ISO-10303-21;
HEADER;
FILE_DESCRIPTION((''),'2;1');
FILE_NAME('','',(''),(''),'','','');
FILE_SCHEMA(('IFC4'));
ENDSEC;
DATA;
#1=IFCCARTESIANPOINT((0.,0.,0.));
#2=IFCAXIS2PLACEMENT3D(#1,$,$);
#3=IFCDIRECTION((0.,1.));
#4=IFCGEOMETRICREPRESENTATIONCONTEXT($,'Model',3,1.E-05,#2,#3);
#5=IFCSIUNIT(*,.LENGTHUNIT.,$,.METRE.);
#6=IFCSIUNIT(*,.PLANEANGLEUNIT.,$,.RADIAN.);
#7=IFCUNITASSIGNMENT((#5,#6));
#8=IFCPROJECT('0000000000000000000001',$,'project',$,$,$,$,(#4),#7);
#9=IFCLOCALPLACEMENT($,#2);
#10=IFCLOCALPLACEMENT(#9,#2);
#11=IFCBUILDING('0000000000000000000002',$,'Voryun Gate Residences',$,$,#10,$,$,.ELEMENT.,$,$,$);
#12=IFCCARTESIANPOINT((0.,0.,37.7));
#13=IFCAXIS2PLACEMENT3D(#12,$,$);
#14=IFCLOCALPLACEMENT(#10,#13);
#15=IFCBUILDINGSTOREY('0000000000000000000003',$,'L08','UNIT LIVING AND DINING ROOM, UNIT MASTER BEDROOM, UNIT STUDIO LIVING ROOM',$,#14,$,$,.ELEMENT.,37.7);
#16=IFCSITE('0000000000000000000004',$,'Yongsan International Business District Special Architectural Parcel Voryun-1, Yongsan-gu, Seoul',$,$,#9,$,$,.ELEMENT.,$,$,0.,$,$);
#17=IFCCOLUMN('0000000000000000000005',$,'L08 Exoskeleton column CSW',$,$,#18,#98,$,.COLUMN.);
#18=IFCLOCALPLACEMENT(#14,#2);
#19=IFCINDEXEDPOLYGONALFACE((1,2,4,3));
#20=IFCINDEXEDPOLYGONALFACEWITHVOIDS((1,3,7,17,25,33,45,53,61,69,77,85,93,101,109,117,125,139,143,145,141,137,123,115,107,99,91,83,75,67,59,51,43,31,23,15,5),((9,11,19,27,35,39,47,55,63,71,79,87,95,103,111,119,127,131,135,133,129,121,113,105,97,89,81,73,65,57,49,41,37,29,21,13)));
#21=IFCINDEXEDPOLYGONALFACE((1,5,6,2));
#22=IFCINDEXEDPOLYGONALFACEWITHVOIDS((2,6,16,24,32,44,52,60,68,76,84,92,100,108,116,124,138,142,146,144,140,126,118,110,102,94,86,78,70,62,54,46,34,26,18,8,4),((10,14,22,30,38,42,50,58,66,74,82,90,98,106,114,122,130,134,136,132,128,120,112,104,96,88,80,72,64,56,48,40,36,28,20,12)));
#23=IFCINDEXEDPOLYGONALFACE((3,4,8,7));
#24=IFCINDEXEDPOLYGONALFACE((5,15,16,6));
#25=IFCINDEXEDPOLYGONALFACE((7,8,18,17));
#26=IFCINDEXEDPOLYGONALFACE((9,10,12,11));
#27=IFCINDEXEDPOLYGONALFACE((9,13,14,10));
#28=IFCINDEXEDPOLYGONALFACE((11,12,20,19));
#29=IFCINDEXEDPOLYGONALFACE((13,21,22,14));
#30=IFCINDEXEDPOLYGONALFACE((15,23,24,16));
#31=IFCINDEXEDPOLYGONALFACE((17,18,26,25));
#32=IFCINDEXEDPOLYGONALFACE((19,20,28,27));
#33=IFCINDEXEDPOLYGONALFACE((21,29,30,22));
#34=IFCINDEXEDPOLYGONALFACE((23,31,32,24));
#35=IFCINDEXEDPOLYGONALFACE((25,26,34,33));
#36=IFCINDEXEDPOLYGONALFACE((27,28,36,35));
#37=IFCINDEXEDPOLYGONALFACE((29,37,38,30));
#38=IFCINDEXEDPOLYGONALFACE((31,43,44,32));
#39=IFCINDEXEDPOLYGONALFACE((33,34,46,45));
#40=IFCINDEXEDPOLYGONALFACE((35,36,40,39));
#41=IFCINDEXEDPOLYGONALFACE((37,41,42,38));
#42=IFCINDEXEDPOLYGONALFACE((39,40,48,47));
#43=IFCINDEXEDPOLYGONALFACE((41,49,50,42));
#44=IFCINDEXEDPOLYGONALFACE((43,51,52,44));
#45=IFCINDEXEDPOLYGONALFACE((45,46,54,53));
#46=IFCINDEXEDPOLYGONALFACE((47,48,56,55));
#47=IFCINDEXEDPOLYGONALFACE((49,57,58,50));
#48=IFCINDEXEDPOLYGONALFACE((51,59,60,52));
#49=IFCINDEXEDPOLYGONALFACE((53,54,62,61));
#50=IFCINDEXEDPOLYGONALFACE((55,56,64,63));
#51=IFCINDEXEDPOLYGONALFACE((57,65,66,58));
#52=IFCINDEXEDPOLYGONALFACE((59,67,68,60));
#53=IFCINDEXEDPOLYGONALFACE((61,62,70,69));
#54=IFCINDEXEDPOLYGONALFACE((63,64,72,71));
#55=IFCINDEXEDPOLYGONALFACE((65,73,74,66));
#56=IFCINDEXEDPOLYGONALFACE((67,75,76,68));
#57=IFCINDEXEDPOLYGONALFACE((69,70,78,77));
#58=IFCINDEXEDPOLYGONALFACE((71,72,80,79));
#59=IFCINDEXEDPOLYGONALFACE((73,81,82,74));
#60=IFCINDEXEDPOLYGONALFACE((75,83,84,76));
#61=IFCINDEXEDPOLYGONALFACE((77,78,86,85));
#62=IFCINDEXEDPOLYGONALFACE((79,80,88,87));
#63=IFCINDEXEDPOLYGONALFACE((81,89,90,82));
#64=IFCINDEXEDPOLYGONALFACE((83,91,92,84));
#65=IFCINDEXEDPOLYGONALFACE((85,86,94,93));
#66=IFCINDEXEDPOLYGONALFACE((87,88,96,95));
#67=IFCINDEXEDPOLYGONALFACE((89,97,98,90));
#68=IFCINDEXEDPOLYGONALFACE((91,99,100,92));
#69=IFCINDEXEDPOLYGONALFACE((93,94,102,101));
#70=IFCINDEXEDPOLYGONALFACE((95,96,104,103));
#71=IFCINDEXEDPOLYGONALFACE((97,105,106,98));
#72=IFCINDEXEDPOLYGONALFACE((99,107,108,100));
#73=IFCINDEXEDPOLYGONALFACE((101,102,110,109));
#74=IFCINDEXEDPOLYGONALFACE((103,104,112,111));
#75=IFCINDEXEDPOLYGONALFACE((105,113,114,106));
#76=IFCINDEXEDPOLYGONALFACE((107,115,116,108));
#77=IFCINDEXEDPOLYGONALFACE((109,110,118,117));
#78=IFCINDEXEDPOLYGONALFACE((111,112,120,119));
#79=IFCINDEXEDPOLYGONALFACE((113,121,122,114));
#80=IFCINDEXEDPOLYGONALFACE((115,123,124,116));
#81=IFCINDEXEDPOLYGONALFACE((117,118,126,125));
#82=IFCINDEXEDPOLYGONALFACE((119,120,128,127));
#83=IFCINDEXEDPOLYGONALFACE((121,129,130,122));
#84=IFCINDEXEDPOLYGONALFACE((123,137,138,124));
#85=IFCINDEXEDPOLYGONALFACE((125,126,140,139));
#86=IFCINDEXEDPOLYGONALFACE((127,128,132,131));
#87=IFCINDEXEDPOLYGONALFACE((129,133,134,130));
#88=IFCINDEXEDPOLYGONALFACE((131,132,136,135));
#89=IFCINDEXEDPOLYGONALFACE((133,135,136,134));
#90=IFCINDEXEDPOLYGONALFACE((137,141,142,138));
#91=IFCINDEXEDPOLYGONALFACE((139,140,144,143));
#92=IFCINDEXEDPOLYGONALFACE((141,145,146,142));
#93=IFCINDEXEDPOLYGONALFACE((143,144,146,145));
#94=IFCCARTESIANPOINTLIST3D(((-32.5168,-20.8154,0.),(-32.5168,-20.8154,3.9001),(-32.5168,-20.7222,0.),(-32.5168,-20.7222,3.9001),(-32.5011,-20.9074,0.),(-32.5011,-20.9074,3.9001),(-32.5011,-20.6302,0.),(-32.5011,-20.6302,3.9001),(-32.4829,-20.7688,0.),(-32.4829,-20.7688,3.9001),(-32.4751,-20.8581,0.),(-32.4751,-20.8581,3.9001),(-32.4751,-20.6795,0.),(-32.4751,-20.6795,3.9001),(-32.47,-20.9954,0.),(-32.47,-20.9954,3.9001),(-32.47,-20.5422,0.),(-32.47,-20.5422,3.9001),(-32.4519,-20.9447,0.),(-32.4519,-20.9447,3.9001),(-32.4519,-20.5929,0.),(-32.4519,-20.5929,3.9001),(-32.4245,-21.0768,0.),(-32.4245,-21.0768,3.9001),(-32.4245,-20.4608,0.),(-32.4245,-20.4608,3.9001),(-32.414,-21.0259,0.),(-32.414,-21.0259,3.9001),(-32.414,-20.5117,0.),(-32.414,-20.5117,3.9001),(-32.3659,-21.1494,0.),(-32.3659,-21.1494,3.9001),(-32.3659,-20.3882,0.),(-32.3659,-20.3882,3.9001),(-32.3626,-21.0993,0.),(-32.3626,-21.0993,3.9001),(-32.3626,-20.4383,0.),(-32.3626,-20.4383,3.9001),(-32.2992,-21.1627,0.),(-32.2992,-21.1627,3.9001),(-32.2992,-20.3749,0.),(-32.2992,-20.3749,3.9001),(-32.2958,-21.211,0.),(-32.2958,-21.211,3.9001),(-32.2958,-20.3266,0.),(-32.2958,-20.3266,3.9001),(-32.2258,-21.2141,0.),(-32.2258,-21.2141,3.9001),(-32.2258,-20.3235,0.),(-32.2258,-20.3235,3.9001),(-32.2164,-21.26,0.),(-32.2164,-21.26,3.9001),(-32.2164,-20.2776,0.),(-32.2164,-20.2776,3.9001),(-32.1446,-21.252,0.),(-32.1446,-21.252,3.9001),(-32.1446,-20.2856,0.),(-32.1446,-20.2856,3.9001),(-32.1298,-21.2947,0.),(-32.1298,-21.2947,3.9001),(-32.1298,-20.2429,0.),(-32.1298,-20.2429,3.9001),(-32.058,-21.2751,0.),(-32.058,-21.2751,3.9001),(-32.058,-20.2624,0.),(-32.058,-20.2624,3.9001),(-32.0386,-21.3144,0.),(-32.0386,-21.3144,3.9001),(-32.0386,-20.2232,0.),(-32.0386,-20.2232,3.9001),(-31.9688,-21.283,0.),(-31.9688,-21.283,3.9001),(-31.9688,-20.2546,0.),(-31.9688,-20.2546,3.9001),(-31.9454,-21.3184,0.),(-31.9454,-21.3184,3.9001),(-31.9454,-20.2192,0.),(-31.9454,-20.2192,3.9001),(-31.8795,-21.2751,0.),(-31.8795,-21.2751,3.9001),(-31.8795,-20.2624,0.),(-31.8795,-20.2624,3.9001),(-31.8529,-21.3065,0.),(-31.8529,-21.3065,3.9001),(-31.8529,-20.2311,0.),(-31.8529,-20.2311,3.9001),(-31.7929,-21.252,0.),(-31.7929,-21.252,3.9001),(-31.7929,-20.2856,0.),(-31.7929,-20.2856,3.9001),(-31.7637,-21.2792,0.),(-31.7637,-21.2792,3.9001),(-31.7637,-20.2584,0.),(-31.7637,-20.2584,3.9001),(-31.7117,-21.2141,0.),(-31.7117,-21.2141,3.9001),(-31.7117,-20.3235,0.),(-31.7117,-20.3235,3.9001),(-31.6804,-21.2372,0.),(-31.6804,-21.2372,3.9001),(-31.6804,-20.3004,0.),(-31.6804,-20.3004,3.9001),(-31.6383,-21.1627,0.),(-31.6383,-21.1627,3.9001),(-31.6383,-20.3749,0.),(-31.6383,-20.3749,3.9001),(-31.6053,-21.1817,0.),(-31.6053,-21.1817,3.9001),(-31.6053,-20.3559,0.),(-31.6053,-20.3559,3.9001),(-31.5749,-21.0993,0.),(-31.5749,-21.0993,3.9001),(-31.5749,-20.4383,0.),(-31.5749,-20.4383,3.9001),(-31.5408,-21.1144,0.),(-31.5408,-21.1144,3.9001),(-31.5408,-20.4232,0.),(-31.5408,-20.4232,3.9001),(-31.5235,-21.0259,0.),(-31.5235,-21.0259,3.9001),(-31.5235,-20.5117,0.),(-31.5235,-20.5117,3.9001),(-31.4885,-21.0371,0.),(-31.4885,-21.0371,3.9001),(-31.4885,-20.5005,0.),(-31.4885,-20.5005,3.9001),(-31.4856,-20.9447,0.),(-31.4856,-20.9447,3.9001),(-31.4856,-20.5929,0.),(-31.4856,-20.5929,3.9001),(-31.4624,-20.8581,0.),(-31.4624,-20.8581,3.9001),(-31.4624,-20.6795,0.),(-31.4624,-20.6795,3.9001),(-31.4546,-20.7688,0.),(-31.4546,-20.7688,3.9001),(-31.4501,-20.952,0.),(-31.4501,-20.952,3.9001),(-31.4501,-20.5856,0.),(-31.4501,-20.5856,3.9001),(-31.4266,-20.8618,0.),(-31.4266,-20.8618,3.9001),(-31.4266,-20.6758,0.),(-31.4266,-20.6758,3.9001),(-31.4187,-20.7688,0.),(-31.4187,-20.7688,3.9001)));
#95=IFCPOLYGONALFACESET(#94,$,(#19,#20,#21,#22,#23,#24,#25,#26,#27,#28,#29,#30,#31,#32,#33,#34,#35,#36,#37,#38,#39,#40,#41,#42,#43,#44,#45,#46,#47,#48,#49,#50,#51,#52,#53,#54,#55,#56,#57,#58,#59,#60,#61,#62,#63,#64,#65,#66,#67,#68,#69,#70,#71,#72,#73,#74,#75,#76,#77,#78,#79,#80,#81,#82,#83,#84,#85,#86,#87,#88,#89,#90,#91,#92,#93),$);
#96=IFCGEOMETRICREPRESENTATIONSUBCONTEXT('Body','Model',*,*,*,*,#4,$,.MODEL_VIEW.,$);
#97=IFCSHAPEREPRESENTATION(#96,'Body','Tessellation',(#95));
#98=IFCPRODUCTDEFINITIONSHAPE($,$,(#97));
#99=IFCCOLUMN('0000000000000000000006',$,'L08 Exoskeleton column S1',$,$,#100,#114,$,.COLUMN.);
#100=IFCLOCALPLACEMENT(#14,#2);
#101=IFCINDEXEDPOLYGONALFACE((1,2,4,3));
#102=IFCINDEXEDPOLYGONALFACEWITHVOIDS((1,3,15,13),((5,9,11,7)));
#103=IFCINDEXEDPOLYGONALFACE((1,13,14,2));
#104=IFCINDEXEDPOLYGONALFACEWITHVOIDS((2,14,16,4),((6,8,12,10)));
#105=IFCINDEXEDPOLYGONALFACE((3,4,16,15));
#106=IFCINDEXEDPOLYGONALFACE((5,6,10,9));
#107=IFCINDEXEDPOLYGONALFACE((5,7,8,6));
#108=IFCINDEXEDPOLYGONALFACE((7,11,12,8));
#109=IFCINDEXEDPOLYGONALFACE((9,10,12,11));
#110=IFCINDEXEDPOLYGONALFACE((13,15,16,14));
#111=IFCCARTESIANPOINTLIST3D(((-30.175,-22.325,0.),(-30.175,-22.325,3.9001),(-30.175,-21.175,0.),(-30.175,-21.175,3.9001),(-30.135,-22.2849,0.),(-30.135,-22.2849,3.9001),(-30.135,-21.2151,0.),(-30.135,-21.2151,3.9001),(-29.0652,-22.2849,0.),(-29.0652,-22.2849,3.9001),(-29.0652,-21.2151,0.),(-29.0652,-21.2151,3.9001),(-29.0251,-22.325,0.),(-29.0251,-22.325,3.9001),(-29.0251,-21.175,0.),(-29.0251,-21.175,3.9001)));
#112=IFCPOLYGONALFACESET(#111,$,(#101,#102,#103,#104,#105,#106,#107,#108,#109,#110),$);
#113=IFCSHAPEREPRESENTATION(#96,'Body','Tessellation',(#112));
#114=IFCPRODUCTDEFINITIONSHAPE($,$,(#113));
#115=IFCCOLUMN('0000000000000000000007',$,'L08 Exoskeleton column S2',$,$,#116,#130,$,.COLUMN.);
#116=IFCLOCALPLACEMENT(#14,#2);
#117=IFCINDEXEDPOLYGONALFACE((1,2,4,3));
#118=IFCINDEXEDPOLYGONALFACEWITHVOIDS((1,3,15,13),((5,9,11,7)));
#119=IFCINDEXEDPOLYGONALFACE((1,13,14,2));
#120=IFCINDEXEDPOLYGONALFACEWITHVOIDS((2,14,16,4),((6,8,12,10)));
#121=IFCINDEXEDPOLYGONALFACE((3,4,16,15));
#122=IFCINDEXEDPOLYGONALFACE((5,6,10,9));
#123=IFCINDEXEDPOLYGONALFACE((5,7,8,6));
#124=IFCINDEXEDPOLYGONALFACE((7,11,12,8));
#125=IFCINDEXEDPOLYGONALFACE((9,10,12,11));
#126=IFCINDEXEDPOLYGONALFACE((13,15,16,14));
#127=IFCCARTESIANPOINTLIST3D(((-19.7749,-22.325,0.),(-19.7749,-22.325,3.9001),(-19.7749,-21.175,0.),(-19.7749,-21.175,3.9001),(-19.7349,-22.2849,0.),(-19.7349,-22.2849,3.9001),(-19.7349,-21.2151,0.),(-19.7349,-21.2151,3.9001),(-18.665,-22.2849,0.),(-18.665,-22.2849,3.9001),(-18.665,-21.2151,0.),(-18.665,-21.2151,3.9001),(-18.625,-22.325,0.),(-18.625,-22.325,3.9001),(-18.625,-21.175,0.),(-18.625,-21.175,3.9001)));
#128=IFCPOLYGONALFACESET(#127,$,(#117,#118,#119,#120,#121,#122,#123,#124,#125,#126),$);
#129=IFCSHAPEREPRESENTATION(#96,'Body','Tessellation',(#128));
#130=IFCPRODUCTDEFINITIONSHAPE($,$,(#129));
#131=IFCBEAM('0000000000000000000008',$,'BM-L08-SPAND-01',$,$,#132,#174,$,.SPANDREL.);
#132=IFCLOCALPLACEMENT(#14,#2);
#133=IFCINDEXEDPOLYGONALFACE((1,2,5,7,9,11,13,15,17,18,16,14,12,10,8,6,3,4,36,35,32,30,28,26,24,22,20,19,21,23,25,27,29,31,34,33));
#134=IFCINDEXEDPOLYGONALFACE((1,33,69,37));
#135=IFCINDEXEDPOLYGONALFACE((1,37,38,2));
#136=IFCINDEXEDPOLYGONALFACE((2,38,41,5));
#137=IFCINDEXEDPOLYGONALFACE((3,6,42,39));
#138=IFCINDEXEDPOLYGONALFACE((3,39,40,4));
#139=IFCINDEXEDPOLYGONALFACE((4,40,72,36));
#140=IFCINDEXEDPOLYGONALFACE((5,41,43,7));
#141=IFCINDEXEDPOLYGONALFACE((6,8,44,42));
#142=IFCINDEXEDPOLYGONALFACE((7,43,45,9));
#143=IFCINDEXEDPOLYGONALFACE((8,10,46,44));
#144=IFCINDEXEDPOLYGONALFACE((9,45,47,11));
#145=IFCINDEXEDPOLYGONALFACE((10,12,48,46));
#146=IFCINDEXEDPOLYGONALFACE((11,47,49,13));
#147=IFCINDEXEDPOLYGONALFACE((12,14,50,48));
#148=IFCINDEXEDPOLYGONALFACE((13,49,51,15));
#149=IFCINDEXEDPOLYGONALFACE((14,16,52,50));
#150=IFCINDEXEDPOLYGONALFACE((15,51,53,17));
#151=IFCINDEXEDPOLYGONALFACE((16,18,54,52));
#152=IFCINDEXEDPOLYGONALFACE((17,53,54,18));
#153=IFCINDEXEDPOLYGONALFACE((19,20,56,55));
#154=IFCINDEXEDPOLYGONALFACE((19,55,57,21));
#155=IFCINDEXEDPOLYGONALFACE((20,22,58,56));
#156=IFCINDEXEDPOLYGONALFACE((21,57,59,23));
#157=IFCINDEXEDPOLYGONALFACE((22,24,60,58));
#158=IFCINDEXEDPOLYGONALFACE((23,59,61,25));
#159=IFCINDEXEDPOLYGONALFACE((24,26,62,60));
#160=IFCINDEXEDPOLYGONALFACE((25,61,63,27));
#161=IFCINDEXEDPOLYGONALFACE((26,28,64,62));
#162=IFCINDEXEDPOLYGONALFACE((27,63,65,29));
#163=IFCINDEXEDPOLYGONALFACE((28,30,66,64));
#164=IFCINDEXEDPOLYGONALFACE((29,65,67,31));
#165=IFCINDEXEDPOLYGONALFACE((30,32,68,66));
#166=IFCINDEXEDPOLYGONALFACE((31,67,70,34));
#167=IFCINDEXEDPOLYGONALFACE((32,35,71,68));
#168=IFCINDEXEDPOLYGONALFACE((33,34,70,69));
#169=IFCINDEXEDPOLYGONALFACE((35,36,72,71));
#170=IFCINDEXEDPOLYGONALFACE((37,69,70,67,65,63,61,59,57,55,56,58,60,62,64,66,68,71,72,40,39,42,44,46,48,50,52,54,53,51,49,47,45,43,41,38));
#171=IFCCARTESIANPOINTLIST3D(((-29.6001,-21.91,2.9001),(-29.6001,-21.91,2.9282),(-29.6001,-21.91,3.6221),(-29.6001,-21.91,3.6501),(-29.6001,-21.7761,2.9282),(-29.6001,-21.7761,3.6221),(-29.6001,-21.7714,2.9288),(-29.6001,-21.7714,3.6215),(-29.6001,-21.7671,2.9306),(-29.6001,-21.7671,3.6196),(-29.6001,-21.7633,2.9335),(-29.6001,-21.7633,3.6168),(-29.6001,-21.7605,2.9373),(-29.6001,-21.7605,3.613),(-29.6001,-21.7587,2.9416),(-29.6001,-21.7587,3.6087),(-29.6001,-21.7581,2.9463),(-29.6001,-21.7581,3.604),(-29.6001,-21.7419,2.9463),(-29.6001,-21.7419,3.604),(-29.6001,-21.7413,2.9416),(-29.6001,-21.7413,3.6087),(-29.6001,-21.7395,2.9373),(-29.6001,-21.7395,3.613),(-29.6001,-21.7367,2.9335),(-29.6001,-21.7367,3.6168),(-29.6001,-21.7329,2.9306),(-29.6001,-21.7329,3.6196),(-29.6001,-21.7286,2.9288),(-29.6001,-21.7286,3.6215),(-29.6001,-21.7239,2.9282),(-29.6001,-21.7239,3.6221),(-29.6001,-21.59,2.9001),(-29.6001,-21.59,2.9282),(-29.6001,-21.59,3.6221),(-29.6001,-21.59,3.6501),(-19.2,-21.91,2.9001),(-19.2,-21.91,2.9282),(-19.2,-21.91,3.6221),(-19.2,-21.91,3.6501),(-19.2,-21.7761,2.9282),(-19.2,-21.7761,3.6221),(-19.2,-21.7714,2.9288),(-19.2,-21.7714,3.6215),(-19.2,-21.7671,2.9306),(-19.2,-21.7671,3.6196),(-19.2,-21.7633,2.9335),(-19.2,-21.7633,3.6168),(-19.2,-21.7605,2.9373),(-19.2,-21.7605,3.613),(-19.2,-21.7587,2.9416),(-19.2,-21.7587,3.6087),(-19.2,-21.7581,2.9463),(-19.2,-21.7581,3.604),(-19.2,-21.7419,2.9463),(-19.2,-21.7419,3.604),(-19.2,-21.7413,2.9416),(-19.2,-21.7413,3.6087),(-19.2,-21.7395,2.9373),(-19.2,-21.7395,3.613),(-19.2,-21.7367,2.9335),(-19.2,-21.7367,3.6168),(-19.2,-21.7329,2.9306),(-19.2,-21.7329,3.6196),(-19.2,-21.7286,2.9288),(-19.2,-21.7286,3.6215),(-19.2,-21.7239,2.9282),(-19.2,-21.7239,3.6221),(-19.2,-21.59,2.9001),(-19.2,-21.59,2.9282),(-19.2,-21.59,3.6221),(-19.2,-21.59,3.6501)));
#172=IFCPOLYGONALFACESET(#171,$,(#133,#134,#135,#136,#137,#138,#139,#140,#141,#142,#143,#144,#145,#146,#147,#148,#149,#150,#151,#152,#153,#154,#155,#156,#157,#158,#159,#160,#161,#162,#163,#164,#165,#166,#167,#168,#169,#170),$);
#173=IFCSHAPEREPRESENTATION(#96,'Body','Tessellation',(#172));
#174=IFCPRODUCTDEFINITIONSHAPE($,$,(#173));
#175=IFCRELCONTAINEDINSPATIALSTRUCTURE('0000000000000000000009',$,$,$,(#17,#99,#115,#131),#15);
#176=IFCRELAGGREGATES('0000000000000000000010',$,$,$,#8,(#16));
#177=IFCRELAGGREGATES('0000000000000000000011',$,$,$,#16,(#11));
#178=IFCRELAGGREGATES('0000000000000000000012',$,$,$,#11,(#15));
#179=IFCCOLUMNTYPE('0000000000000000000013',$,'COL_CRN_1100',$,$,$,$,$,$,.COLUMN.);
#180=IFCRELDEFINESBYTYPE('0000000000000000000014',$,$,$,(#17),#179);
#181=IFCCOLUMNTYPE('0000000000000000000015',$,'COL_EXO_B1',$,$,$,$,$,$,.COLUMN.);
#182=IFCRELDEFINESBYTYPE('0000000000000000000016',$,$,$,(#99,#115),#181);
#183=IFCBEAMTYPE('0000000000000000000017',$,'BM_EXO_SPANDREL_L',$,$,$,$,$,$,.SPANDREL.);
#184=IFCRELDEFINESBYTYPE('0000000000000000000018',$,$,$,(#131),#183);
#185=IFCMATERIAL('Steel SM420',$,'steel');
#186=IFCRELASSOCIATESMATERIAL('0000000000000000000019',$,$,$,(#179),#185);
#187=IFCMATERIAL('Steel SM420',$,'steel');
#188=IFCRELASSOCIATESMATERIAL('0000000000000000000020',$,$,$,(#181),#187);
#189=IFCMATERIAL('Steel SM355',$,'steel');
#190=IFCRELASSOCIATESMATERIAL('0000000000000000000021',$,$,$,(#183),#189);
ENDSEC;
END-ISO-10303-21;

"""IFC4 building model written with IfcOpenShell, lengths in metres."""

from ifc_helpers import new_model, si_unit, direction, frame, origin, origin_2d, place, context, subcontext, project, spatial, hollow_rectangle, hollow_circle, i_section, extrude, material, material_profile, profile_set, type_object, element, save


model = new_model("IFC4")

# Units and contexts
model_context = context("Model", 3, precision=1e-05, world=origin(), true_north=direction((0.0, 1.0)))
body_context = subcontext(model_context, "Body", "Model", "MODEL_VIEW")
ifc_project = project(units=[si_unit("LENGTHUNIT", "METRE"), si_unit("PLANEANGLEUNIT", "RADIAN")], contexts=[model_context])

# Site, building, storey
site_placement = place(None, origin())
site = spatial("IfcSite", under=ifc_project, at=site_placement, Name="Yongsan International Business District Special Architectural Parcel Voryun-1, Yongsan-gu, Seoul", CompositionType="ELEMENT", RefElevation=0.0)
building_placement = place(site_placement, origin())
building = spatial("IfcBuilding", under=site, at=building_placement, Name="Voryun Gate Residences", CompositionType="ELEMENT")
storey_placement = place(building_placement, frame((0.0, 0.0, 37.7)))
storey = spatial("IfcBuildingStorey", under=building, at=storey_placement, Name="L08", Description="UNIT LIVING AND DINING ROOM, UNIT MASTER BEDROOM, UNIT STUDIO LIVING ROOM", CompositionType="ELEMENT", Elevation=37.7)

# Columns
ifc_material_1 = material(Name="Steel SM420", Category="steel")
ifc_material_profile_1 = material_profile(ifc_material_1, hollow_circle(Radius=0.55, WallThickness=0.0359, at=origin_2d()), Name="CHS-1100x36")
ifc_profile_set_1 = profile_set([ifc_material_profile_1], Name="Steel SM420")
column_type_1 = type_object("IfcColumnType", Name="COL_CRN_1100", PredefinedType="COLUMN", material=ifc_profile_set_1)
column_placement = place(storey_placement, frame((-31.9688, -20.7688, 0.0), z_axis=(0.0, 0.0, 1.0), x_axis=(1.0, 0.0, 0.0)))
element("IfcColumn", 1, at=column_placement, inside=storey, type_object=column_type_1, Name="L08 Exoskeleton column CSW", PredefinedType="COLUMN", context=body_context, shape_type="SweptSolid", body=[
    extrude(hollow_circle(Radius=0.55, WallThickness=0.0359, at=origin_2d()), origin(), (0.0, 0.0, 1.0), 3.9001),
])
ifc_material_2 = material(Name="Steel SM420", Category="steel")
ifc_material_profile_2 = material_profile(ifc_material_2, hollow_rectangle(XDim=1.1499, YDim=1.1499, WallThickness=0.04, at=origin_2d()), Name="BOX-1150x1150x40")
ifc_profile_set_2 = profile_set([ifc_material_profile_2], Name="Steel SM420")
column_type_2 = type_object("IfcColumnType", Name="COL_EXO_B1", PredefinedType="COLUMN", material=ifc_profile_set_2)
for number, where, z_axis, x_axis, name in (
    (2, (-29.6001, -21.75, 0.0), (0.0, 0.0, 1.0), (1.0, 0.0, 0.0), "L08 Exoskeleton column S1"),
    (3, (-19.2, -21.75, 0.0), (0.0, 0.0, 1.0), (1.0, 0.0, 0.0), "L08 Exoskeleton column S2"),
):
    element("IfcColumn", number, at=place(storey_placement, frame(where, z_axis=z_axis, x_axis=x_axis)), inside=storey, type_object=column_type_2, Name=name, PredefinedType="COLUMN", context=body_context, shape_type="SweptSolid", body=[
        extrude(hollow_rectangle(XDim=1.1499, YDim=1.1499, WallThickness=0.04, at=origin_2d()), origin(), (0.0, 0.0, 1.0), 3.9001),
    ])

# Beam
ifc_material_3 = material(Name="Steel SM355", Category="steel")
ifc_material_profile_3 = material_profile(ifc_material_3, i_section(OverallWidth=0.3201, OverallDepth=0.75, WebThickness=0.0161, FlangeThickness=0.0281, FilletRadius=0.0181, at=origin_2d()), Name="H-750x320x16x28")
ifc_profile_set_3 = profile_set([ifc_material_profile_3], Name="Steel SM355")
beam_type = type_object("IfcBeamType", Name="BM_EXO_SPANDREL_L", PredefinedType="SPANDREL", material=ifc_profile_set_3)
beam_1_placement = place(storey_placement, frame((-29.6001, -21.75, 3.2751), z_axis=(1.0, 0.0, 0.0), x_axis=(0.0, 1.0, 0.0)))
element("IfcBeam", 4, at=beam_1_placement, inside=storey, type_object=beam_type, Name="BM-L08-SPAND-01", PredefinedType="SPANDREL", context=body_context, shape_type="SweptSolid", body=[
    extrude(i_section(OverallWidth=0.3201, OverallDepth=0.75, WebThickness=0.0161, FlangeThickness=0.0281, FilletRadius=0.0181, at=origin_2d()), origin(), (0.0, 0.0, 1.0), 10.4001),
])

save(model, "model.ifc")
